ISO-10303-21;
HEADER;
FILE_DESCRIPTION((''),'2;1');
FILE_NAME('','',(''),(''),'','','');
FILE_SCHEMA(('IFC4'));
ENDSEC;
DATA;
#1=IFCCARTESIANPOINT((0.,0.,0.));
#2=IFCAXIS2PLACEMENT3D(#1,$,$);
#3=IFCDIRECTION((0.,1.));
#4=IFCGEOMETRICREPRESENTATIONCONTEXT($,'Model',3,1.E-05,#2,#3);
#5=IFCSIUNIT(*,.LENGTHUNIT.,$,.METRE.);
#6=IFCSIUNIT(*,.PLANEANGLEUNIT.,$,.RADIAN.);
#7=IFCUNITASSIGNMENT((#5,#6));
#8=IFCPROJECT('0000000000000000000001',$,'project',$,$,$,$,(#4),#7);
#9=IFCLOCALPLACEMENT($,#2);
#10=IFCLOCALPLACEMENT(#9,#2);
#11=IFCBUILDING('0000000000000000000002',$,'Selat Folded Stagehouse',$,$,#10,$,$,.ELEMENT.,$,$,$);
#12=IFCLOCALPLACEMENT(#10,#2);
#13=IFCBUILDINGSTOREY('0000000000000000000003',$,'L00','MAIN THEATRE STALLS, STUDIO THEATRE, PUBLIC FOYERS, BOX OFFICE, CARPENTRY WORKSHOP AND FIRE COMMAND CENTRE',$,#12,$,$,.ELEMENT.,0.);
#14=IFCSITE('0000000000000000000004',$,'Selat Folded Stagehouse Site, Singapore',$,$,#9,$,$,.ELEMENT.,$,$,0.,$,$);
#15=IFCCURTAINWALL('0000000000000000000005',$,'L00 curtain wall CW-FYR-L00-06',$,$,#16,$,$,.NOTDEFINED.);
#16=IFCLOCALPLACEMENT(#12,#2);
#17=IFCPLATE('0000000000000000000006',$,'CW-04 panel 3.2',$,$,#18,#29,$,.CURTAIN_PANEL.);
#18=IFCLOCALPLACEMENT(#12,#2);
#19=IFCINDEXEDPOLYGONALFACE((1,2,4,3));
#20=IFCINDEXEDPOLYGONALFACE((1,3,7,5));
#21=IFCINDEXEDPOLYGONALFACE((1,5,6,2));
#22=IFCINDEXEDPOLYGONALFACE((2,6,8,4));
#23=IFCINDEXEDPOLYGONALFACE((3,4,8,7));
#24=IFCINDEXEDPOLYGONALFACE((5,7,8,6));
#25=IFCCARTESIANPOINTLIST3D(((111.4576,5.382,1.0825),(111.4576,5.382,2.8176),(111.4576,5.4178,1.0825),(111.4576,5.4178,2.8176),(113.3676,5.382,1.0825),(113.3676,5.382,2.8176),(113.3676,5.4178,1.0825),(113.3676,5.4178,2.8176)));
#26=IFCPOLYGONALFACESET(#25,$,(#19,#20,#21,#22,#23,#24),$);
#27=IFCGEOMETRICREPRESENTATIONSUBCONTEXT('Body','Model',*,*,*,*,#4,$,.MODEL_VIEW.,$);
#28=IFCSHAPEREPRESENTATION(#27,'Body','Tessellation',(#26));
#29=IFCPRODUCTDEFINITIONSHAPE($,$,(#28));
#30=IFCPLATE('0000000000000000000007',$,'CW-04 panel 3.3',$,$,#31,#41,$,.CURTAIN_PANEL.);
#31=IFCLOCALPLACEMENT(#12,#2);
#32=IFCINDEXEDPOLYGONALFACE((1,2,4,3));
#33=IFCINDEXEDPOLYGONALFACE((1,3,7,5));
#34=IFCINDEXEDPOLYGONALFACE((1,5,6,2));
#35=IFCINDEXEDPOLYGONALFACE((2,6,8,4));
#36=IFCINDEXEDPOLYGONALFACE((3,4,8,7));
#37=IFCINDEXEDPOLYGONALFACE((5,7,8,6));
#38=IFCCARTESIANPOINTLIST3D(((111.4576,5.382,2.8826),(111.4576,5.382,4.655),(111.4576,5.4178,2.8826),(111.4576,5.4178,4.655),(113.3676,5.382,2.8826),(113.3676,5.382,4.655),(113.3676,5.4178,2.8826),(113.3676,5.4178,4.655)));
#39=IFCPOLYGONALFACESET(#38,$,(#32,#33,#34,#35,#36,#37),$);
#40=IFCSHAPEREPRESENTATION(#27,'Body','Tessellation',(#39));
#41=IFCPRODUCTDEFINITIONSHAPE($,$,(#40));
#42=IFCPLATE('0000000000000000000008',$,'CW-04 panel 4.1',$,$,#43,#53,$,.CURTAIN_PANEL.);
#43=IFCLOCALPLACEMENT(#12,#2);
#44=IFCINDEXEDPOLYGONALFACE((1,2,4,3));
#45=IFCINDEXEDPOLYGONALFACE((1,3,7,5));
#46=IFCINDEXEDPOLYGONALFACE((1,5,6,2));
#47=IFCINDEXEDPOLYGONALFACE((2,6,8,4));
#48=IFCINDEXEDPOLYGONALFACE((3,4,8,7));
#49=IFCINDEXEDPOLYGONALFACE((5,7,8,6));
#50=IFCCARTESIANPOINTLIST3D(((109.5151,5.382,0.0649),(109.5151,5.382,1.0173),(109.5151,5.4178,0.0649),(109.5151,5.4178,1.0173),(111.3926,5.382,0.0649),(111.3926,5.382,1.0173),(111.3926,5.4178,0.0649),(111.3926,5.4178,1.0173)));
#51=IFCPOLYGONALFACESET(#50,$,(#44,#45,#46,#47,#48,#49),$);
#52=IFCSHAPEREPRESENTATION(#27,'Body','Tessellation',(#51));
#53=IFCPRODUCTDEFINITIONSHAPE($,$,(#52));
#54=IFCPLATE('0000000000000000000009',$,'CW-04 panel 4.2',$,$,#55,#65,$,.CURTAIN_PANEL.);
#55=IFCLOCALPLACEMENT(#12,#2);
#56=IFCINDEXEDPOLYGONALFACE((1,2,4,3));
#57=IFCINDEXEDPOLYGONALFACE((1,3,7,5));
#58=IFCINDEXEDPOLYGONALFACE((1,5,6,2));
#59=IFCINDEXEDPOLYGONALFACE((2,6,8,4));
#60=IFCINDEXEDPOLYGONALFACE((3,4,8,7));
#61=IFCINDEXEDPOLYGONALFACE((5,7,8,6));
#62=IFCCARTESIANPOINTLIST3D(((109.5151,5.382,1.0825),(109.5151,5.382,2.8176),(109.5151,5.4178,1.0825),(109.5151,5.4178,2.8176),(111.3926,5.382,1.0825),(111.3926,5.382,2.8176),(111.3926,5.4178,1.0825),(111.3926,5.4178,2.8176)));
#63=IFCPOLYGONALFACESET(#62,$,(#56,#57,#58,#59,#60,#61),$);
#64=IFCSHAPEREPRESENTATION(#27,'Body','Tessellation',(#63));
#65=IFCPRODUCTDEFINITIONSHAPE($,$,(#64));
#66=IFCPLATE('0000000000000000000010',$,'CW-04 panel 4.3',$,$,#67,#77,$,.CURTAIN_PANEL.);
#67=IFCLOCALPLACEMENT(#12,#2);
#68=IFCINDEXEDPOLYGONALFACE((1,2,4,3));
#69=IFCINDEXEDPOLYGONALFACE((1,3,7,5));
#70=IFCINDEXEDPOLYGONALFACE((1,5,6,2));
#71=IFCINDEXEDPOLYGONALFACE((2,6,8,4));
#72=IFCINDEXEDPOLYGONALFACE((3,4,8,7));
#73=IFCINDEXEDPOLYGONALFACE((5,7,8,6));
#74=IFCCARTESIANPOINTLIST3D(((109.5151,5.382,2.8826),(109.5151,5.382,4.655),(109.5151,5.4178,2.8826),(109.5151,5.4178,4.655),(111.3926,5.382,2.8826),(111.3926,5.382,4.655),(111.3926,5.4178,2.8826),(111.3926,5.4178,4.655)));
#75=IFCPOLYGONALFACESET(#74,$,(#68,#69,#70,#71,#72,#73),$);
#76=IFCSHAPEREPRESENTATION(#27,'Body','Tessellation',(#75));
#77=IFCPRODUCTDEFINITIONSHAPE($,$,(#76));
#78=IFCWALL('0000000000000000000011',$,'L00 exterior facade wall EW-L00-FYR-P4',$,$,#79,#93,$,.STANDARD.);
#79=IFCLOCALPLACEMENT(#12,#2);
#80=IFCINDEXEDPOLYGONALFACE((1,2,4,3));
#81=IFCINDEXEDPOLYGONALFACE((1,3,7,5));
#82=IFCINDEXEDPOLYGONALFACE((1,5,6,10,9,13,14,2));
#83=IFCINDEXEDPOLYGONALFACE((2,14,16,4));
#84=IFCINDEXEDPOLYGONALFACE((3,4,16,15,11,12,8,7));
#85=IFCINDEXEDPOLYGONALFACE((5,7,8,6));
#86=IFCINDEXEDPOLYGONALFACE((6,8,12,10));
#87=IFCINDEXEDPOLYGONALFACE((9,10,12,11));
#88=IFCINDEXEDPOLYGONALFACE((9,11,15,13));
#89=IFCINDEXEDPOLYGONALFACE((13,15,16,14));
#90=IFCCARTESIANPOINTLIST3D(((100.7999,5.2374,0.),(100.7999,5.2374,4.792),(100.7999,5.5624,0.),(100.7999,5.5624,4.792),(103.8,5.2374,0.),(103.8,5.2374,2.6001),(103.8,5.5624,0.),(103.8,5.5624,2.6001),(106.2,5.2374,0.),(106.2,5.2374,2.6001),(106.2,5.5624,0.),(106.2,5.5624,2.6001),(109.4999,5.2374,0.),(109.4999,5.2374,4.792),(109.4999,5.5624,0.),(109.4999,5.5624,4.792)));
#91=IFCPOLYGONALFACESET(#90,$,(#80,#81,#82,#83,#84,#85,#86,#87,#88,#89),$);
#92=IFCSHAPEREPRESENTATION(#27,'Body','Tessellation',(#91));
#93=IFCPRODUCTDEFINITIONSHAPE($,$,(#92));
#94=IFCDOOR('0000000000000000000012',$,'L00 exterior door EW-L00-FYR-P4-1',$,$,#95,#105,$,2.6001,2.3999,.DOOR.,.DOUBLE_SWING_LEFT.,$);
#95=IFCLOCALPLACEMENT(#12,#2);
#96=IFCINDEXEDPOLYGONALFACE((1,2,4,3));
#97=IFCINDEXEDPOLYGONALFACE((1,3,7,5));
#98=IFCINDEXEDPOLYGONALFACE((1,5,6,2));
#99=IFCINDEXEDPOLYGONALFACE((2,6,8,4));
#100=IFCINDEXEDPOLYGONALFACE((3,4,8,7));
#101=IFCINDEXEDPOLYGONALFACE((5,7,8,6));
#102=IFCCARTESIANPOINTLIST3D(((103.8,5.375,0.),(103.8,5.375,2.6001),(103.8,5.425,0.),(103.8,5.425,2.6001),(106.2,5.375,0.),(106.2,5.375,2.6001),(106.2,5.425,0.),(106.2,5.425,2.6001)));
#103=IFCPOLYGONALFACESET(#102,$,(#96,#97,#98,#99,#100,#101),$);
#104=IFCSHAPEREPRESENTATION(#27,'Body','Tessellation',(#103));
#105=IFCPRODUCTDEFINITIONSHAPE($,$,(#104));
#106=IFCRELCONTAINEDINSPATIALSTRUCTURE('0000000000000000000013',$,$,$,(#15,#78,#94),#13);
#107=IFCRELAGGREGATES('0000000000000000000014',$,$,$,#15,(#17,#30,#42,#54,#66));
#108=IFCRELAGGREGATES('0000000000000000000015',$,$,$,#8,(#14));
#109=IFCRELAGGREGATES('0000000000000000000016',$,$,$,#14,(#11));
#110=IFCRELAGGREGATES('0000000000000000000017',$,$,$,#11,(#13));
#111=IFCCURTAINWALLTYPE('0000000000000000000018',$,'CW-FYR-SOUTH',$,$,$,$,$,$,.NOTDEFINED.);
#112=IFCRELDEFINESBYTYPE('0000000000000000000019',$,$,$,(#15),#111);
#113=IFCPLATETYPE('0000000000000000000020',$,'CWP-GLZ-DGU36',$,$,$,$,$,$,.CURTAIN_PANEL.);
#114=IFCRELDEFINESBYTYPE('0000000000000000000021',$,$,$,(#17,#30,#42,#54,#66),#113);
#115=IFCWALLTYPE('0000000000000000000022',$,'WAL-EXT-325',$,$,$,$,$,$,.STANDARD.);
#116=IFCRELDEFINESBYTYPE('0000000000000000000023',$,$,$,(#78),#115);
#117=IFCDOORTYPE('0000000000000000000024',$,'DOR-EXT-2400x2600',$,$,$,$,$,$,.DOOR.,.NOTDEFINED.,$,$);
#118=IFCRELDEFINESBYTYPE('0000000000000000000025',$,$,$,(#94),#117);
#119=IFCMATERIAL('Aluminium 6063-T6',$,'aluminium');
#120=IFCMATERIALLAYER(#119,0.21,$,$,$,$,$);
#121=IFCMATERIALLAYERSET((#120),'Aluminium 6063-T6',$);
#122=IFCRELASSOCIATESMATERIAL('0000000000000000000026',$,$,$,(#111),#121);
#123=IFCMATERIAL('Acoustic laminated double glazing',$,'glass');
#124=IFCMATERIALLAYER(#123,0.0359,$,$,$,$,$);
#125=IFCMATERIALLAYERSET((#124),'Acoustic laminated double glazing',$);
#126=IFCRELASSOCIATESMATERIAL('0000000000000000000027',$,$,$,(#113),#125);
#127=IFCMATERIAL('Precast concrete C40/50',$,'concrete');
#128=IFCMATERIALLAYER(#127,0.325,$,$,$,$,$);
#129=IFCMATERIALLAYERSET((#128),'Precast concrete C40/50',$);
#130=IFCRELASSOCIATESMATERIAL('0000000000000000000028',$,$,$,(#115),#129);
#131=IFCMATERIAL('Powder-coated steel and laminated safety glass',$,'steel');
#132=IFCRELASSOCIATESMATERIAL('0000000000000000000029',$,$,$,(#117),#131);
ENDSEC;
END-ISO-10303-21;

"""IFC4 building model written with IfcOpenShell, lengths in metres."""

from ifc_helpers import new_model, si_unit, direction, frame, frame_2d, origin, origin_2d, place, context, subcontext, project, spatial, rectangle, extrude, material, layer, layer_set, type_object, element, fill, aggregate, save


model = new_model("IFC4")

# Units and contexts
model_context = context("Model", 3, precision=1e-05, world=origin(), true_north=direction((0.0, 1.0)))
body_context = subcontext(model_context, "Body", "Model", "MODEL_VIEW")
ifc_project = project(units=[si_unit("LENGTHUNIT", "METRE"), si_unit("PLANEANGLEUNIT", "RADIAN")], contexts=[model_context])

# Site, building, storey
site_placement = place(None, origin())
site = spatial("IfcSite", under=ifc_project, at=site_placement, Name="Selat Folded Stagehouse Site, Singapore", CompositionType="ELEMENT", RefElevation=0.0)
building_placement = place(site_placement, origin())
building = spatial("IfcBuilding", under=site, at=building_placement, Name="Selat Folded Stagehouse", CompositionType="ELEMENT")
storey_placement = place(building_placement, origin())
storey = spatial("IfcBuildingStorey", under=building, at=storey_placement, Name="L00", Description="MAIN THEATRE STALLS, STUDIO THEATRE, PUBLIC FOYERS, BOX OFFICE, CARPENTRY WORKSHOP AND FIRE COMMAND CENTRE", CompositionType="ELEMENT", Elevation=0.0)

# Curtain wall
ifc_material_1 = material(Name="Aluminium 6063-T6", Category="aluminium")
ifc_layer_1 = layer(ifc_material_1, 0.21)
ifc_layer_set_1 = layer_set([ifc_layer_1], Name="Aluminium 6063-T6")
curtain_wall_type = type_object("IfcCurtainWallType", Name="CW-FYR-SOUTH", PredefinedType="NOTDEFINED", material=ifc_layer_set_1)
curtain_wall_placement = place(storey_placement, origin())
curtain_wall = element("IfcCurtainWall", 1, at=curtain_wall_placement, inside=storey, type_object=curtain_wall_type, Name="L00 curtain wall CW-FYR-L00-06", PredefinedType="NOTDEFINED")

# Plates
ifc_material_2 = material(Name="Acoustic laminated double glazing", Category="glass")
ifc_layer_2 = layer(ifc_material_2, 0.0359)
ifc_layer_set_2 = layer_set([ifc_layer_2], Name="Acoustic laminated double glazing")
plate_type = type_object("IfcPlateType", Name="CWP-GLZ-DGU36", PredefinedType="CURTAIN_PANEL", material=ifc_layer_set_2)
plate_1_placement = place(storey_placement, frame((112.4126, 5.3999, 1.0825), z_axis=(0.0, 0.0, 1.0), x_axis=(-1.0, 0.0, 0.0)))
plate_1 = element("IfcPlate", 2, at=plate_1_placement, type_object=plate_type, Name="CW-04 panel 3.2", PredefinedType="CURTAIN_PANEL", context=body_context, shape_type="SweptSolid", body=[
    extrude(rectangle(XDim=1.9099, YDim=0.0359, at=origin_2d()), origin(), (0.0, 0.0, 1.0), 1.7351),
])
plate_2_placement = place(storey_placement, frame((112.4126, 5.3999, 2.8826), z_axis=(0.0, 0.0, 1.0), x_axis=(-1.0, 0.0, 0.0)))
plate_2 = element("IfcPlate", 3, at=plate_2_placement, type_object=plate_type, Name="CW-04 panel 3.3", PredefinedType="CURTAIN_PANEL", context=body_context, shape_type="SweptSolid", body=[
    extrude(rectangle(XDim=1.9099, YDim=0.0359, at=origin_2d()), origin(), (0.0, 0.0, 1.0), 1.7725),
])
plate_3_placement = place(storey_placement, frame((110.4539, 5.3999, 0.0649), z_axis=(0.0, 0.0, 1.0), x_axis=(-1.0, 0.0, 0.0)))
plate_3 = element("IfcPlate", 4, at=plate_3_placement, type_object=plate_type, Name="CW-04 panel 4.1", PredefinedType="CURTAIN_PANEL", context=body_context, shape_type="SweptSolid", body=[
    extrude(rectangle(XDim=1.8774, YDim=0.0359, at=origin_2d()), origin(), (0.0, 0.0, 1.0), 0.9524),
])
plate_4_placement = place(storey_placement, frame((110.4539, 5.3999, 1.0825), z_axis=(0.0, 0.0, 1.0), x_axis=(-1.0, 0.0, 0.0)))
plate_4 = element("IfcPlate", 5, at=plate_4_placement, type_object=plate_type, Name="CW-04 panel 4.2", PredefinedType="CURTAIN_PANEL", context=body_context, shape_type="SweptSolid", body=[
    extrude(rectangle(XDim=1.8774, YDim=0.0359, at=origin_2d()), origin(), (0.0, 0.0, 1.0), 1.7351),
])
plate_5_placement = place(storey_placement, frame((110.4539, 5.3999, 2.8826), z_axis=(0.0, 0.0, 1.0), x_axis=(-1.0, 0.0, 0.0)))
plate_5 = element("IfcPlate", 6, at=plate_5_placement, type_object=plate_type, Name="CW-04 panel 4.3", PredefinedType="CURTAIN_PANEL", context=body_context, shape_type="SweptSolid", body=[
    extrude(rectangle(XDim=1.8774, YDim=0.0359, at=origin_2d()), origin(), (0.0, 0.0, 1.0), 1.7725),
])
aggregate(curtain_wall, [plate_1, plate_2, plate_3, plate_4, plate_5])

# Wall, opening, door
ifc_material_3 = material(Name="Precast concrete C40/50", Category="concrete")
ifc_layer_3 = layer(ifc_material_3, 0.325)
ifc_layer_set_3 = layer_set([ifc_layer_3], Name="Precast concrete C40/50")
wall_type = type_object("IfcWallType", Name="WAL-EXT-325", PredefinedType="STANDARD", material=ifc_layer_set_3)
wall_placement = place(storey_placement, frame((109.5, 5.3999, 0.0), z_axis=(0.0, 0.0, 1.0), x_axis=(-1.0, 0.0, 0.0)))
wall = element("IfcWall", 7, at=wall_placement, inside=storey, type_object=wall_type, Name="L00 exterior facade wall EW-L00-FYR-P4", PredefinedType="STANDARD", context=body_context, shape_type="SweptSolid", body=[
    extrude(rectangle(XDim=8.7, YDim=0.325, at=frame_2d((4.3501, 0.0))), origin(), (0.0, 0.0, 1.0), 4.792),
])
opening_placement = place(wall_placement, frame((3.3, 0.0, 0.0)))
opening = element("IfcOpeningElement", 8, at=opening_placement, cuts=wall, PredefinedType="OPENING", context=body_context, shape_type="SweptSolid", body=[
    extrude(rectangle(XDim=2.3999, YDim=2.6001, at=frame_2d((1.2, 1.3))), frame((0.0, 0.1724, 0.0), z_axis=(0.0, -1.0, 0.0), x_axis=(1.0, 0.0, 0.0)), (0.0, 0.0, 1.0), 0.345),
])
ifc_material_4 = material(Name="Powder-coated steel and laminated safety glass", Category="steel")
door_type = type_object("IfcDoorType", Name="DOR-EXT-2400x2600", OperationType="NOTDEFINED", PredefinedType="DOOR", material=ifc_material_4)
door_placement = place(opening_placement, origin())
door = element("IfcDoor", 9, at=door_placement, inside=storey, type_object=door_type, Name="L00 exterior door EW-L00-FYR-P4-1", OperationType="DOUBLE_SWING_LEFT", OverallHeight=2.6001, OverallWidth=2.3999, PredefinedType="DOOR", context=body_context, shape_type="SweptSolid", body=[
    extrude(rectangle(XDim=2.3999, YDim=2.6001, at=frame_2d((1.2, 1.3))), frame((0.0, 0.0249, 0.0), z_axis=(0.0, -1.0, 0.0), x_axis=(1.0, 0.0, 0.0)), (0.0, 0.0, 1.0), 0.05),
])
fill(opening, door)

save(model, "model.ifc")
